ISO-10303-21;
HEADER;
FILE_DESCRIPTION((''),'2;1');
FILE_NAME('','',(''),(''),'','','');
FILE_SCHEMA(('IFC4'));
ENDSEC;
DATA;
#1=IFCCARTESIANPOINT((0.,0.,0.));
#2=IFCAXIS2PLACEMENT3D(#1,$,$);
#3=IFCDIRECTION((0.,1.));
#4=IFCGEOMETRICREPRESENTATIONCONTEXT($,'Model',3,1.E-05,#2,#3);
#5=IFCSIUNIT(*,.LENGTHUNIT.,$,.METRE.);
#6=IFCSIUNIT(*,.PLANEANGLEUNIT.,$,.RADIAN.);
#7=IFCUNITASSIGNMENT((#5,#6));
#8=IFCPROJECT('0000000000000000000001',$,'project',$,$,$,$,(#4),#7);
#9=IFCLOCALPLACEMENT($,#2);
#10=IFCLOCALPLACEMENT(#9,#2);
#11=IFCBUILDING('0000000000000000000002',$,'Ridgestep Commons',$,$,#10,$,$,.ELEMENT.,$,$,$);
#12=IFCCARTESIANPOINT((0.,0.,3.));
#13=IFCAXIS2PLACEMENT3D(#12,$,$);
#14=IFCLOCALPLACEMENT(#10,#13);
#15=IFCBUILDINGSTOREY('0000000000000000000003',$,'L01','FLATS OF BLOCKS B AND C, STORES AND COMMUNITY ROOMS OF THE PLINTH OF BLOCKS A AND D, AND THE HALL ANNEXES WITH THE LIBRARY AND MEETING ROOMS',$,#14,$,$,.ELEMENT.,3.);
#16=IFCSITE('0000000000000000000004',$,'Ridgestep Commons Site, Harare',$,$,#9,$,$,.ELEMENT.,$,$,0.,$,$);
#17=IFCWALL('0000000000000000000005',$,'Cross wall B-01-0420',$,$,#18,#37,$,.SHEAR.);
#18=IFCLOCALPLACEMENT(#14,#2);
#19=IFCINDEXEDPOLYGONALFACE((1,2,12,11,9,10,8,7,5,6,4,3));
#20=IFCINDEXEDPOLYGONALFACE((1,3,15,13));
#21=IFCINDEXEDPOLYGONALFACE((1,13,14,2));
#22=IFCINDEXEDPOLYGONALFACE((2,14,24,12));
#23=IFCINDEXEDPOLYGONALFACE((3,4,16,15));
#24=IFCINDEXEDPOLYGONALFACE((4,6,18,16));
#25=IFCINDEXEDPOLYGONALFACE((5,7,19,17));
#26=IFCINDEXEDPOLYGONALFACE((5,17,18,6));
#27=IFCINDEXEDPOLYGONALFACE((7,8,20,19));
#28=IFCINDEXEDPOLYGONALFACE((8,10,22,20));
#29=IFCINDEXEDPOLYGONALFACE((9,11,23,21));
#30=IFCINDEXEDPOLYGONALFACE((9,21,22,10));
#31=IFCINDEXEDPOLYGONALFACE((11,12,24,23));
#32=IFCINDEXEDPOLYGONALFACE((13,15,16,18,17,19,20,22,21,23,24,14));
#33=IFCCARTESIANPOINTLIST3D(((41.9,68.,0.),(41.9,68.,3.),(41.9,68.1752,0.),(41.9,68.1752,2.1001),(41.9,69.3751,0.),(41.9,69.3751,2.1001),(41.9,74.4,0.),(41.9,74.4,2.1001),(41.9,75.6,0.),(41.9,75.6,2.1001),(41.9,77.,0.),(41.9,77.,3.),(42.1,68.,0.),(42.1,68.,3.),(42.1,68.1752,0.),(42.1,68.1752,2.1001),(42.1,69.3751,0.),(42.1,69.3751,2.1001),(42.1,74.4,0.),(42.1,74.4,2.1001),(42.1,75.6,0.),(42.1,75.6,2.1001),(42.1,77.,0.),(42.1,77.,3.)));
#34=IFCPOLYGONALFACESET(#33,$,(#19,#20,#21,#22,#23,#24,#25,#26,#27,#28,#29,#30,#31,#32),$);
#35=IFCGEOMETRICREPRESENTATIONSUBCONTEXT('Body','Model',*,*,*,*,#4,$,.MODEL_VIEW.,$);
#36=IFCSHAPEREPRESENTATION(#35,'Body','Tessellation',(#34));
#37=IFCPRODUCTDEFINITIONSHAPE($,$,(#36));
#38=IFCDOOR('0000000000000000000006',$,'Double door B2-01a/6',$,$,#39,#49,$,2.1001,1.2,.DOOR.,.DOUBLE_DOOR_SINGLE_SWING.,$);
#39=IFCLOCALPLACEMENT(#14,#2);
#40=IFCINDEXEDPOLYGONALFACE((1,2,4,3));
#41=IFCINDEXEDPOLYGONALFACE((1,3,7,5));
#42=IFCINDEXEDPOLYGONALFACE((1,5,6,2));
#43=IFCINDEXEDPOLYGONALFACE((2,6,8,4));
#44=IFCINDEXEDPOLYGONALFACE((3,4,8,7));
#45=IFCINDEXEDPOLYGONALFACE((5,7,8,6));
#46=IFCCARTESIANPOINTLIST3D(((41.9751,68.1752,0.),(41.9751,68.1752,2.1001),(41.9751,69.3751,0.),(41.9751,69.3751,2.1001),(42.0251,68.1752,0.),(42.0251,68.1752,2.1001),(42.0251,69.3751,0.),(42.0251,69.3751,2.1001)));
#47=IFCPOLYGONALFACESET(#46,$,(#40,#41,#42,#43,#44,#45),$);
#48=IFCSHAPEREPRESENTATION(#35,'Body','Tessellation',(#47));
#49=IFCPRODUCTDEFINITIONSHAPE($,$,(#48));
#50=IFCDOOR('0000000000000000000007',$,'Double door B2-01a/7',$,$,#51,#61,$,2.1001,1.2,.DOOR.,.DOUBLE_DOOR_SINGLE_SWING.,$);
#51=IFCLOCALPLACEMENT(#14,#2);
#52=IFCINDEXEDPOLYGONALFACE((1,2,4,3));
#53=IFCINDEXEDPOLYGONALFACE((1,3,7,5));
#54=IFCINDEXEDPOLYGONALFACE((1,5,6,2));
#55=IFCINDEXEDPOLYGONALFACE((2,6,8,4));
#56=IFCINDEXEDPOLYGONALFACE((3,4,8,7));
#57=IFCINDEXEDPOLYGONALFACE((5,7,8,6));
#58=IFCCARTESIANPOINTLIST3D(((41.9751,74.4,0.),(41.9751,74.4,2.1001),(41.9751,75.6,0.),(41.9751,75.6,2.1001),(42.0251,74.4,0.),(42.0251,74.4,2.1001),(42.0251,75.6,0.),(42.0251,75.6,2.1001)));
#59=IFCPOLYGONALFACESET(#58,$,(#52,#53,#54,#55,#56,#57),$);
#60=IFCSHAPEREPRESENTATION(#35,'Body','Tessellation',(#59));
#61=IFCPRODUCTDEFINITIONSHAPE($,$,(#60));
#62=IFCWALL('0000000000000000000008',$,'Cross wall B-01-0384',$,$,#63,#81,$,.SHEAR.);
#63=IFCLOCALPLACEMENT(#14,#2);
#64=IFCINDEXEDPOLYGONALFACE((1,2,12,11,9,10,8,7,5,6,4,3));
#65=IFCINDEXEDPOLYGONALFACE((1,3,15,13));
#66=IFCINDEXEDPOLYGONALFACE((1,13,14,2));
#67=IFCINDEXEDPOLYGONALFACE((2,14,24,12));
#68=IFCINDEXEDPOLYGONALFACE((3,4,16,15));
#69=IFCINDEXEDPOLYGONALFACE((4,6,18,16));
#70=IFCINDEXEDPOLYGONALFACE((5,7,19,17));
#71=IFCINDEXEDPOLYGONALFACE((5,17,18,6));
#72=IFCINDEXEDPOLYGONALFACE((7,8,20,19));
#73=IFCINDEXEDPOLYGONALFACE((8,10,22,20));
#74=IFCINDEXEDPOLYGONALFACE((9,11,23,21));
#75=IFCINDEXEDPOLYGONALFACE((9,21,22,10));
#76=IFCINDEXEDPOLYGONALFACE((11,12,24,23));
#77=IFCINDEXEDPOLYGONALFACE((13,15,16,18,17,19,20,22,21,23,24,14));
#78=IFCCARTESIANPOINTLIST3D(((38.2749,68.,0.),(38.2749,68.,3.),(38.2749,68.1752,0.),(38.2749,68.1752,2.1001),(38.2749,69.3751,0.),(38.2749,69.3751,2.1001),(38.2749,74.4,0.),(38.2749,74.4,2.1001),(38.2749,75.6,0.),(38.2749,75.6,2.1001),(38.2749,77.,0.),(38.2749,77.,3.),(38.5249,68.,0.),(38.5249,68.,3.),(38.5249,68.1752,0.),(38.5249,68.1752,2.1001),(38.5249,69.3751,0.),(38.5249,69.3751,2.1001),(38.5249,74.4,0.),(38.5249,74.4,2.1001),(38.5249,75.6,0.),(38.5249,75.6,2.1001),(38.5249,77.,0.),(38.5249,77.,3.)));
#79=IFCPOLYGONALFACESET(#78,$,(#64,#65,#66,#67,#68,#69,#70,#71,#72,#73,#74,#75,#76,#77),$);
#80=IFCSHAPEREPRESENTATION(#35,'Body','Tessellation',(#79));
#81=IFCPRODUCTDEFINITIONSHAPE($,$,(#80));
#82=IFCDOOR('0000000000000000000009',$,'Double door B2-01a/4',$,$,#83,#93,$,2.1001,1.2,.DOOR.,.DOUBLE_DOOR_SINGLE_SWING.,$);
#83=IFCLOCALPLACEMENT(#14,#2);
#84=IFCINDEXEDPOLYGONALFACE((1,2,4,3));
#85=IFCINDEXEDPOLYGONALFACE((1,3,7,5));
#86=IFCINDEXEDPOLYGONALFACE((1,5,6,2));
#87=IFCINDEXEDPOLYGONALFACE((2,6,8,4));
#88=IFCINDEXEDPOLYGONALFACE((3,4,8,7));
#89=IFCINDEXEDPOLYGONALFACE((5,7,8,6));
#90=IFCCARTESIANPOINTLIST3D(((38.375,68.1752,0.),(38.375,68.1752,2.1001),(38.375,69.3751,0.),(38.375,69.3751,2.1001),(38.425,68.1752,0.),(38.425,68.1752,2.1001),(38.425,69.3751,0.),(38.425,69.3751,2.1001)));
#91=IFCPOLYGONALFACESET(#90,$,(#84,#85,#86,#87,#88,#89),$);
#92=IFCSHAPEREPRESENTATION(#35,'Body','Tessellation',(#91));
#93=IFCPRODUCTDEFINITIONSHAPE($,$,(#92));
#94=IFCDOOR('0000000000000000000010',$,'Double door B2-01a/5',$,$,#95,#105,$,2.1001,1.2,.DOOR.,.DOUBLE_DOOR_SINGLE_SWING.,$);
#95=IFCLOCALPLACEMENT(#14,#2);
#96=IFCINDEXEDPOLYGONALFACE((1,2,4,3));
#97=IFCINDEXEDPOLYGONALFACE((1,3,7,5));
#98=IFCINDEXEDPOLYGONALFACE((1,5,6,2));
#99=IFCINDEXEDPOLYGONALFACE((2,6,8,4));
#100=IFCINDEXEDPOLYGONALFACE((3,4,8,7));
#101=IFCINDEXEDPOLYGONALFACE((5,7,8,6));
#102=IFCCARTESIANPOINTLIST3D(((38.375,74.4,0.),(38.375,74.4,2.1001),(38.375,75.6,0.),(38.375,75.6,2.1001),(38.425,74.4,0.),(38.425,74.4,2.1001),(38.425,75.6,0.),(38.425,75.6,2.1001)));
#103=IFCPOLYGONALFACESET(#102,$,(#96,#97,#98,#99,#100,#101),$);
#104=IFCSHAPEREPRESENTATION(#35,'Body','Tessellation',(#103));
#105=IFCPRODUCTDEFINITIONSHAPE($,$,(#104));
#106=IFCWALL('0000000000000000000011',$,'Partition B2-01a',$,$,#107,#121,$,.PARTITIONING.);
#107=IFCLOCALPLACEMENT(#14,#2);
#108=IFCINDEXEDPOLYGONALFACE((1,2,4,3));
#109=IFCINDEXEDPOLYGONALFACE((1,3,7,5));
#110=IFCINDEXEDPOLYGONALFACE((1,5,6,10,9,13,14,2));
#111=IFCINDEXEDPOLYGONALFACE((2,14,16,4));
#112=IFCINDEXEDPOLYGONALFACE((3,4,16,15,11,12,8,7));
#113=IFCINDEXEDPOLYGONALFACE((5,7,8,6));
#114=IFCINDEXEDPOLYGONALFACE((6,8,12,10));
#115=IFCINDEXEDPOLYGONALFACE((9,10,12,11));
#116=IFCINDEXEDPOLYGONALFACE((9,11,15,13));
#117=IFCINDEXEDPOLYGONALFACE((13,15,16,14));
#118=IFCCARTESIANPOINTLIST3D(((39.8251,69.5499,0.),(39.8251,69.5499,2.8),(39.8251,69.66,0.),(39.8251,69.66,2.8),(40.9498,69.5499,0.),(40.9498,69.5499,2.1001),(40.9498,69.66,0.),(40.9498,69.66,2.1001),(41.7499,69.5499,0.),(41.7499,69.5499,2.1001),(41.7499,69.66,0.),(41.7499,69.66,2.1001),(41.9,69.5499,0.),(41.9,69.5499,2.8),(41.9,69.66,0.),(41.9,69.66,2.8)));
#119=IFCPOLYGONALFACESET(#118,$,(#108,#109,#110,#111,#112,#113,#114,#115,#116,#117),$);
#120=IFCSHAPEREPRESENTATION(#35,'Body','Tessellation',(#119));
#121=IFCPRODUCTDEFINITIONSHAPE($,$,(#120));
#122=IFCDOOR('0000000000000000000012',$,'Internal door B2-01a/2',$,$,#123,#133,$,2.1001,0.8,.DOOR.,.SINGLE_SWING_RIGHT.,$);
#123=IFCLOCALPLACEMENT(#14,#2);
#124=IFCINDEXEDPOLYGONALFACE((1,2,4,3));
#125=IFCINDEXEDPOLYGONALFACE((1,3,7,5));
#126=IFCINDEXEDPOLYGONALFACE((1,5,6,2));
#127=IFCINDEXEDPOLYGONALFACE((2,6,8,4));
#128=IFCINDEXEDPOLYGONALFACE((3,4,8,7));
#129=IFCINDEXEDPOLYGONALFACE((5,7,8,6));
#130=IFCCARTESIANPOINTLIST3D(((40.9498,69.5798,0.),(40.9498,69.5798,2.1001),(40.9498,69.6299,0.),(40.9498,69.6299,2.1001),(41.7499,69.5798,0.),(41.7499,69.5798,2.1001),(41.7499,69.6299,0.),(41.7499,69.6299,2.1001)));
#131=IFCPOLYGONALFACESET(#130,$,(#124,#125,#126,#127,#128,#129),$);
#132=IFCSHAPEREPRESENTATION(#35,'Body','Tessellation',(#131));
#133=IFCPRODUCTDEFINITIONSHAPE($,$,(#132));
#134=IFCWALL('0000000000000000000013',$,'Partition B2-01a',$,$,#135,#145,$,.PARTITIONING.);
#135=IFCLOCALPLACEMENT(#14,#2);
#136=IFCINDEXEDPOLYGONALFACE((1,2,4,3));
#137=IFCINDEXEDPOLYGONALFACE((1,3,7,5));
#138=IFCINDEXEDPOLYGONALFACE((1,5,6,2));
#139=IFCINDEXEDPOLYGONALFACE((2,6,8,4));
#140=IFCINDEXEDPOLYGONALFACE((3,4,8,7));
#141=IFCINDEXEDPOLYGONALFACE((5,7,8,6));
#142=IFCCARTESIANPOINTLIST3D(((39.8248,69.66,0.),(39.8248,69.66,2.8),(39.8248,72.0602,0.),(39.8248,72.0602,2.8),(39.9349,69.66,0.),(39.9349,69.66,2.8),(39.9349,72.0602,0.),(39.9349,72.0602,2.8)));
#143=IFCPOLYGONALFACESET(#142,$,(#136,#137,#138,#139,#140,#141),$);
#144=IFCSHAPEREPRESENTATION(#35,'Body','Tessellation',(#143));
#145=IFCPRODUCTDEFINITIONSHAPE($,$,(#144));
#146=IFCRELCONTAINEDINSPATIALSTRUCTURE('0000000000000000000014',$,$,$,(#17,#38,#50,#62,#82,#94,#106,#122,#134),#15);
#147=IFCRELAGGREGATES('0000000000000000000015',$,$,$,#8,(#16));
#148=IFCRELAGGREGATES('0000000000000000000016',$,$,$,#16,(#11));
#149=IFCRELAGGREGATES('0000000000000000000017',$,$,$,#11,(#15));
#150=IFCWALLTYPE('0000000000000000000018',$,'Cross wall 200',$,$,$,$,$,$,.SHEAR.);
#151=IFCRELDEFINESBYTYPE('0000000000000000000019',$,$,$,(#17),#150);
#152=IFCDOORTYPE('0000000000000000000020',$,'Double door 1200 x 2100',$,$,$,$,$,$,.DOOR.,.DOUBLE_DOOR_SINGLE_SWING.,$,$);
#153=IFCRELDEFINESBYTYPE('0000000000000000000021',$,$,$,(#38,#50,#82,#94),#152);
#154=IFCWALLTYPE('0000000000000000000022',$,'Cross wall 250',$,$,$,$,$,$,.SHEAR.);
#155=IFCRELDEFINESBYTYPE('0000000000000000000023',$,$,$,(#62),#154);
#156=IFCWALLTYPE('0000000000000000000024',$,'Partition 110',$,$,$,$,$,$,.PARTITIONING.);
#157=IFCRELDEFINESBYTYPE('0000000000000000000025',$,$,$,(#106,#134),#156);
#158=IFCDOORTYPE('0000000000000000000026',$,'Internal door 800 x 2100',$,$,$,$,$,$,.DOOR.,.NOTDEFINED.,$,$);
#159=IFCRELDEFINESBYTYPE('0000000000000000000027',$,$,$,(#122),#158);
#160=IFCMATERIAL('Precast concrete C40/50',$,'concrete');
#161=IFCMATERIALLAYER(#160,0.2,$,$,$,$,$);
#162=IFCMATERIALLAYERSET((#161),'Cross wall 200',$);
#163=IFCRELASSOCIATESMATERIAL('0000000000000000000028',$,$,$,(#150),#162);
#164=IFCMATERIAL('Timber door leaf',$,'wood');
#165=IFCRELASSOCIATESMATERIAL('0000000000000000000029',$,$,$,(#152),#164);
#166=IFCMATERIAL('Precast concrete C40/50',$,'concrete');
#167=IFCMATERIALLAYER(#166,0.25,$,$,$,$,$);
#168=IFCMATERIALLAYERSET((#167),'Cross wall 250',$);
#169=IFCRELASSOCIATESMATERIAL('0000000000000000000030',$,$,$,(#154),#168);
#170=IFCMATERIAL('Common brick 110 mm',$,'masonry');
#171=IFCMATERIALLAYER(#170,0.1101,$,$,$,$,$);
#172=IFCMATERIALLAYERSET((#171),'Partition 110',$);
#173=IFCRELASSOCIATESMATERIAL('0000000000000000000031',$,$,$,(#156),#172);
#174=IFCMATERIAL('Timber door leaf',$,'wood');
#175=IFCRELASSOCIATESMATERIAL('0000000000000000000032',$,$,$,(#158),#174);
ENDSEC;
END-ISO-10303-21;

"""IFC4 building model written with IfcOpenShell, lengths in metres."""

from ifc_helpers import new_model, si_unit, direction, frame, frame_2d, origin, place, context, subcontext, project, spatial, rectangle, extrude, material, layer, layer_set, type_object, element, fill, save


model = new_model("IFC4")

# Units and contexts
model_context = context("Model", 3, precision=1e-05, world=origin(), true_north=direction((0.0, 1.0)))
body_context = subcontext(model_context, "Body", "Model", "MODEL_VIEW")
ifc_project = project(units=[si_unit("LENGTHUNIT", "METRE"), si_unit("PLANEANGLEUNIT", "RADIAN")], contexts=[model_context])

# Site, building, storey
site_placement = place(None, origin())
site = spatial("IfcSite", under=ifc_project, at=site_placement, Name="Ridgestep Commons Site, Harare", CompositionType="ELEMENT", RefElevation=0.0)
building_placement = place(site_placement, origin())
building = spatial("IfcBuilding", under=site, at=building_placement, Name="Ridgestep Commons", CompositionType="ELEMENT")
storey_placement = place(building_placement, frame((0.0, 0.0, 3.0)))
storey = spatial("IfcBuildingStorey", under=building, at=storey_placement, Name="L01", Description="FLATS OF BLOCKS B AND C, STORES AND COMMUNITY ROOMS OF THE PLINTH OF BLOCKS A AND D, AND THE HALL ANNEXES WITH THE LIBRARY AND MEETING ROOMS", CompositionType="ELEMENT", Elevation=3.0)

# Walls, openings, doors
ifc_material_1 = material(Name="Precast concrete C40/50", Category="concrete")
ifc_layer_1 = layer(ifc_material_1, 0.2)
ifc_layer_set_1 = layer_set([ifc_layer_1], Name="Cross wall 200")
wall_type_1 = type_object("IfcWallType", Name="Cross wall 200", PredefinedType="SHEAR", material=ifc_layer_set_1)
wall_1_placement = place(storey_placement, frame((42.0, 68.0, 0.0), z_axis=(0.0, 0.0, 1.0), x_axis=(0.0, 1.0, 0.0)))
wall_1 = element("IfcWall", 1, at=wall_1_placement, inside=storey, type_object=wall_type_1, Name="Cross wall B-01-0420", PredefinedType="SHEAR", context=body_context, shape_type="SweptSolid", body=[
    extrude(rectangle(XDim=9.0, YDim=0.2, at=frame_2d((4.5, 0.0))), origin(), (0.0, 0.0, 1.0), 3.0),
])
opening_1_placement = place(wall_1_placement, frame((0.175, 0.0, 0.0)))
opening_1 = element("IfcOpeningElement", 2, at=opening_1_placement, cuts=wall_1, PredefinedType="OPENING", context=body_context, shape_type="SweptSolid", body=[
    extrude(rectangle(XDim=1.2, YDim=2.1001, at=frame_2d((0.6001, 1.05))), frame((0.0, 0.1099, 0.0), z_axis=(0.0, -1.0, 0.0), x_axis=(1.0, 0.0, 0.0)), (0.0, 0.0, 1.0), 0.22),
])
opening_2_placement = place(wall_1_placement, frame((6.3999, 0.0, 0.0)))
opening_2 = element("IfcOpeningElement", 3, at=opening_2_placement, cuts=wall_1, PredefinedType="OPENING", context=body_context, shape_type="SweptSolid", body=[
    extrude(rectangle(XDim=1.2, YDim=2.1001, at=frame_2d((0.6001, 1.05))), frame((0.0, 0.1099, 0.0), z_axis=(0.0, -1.0, 0.0), x_axis=(1.0, 0.0, 0.0)), (0.0, 0.0, 1.0), 0.22),
])
ifc_material_2 = material(Name="Timber door leaf", Category="wood")
door_type_1 = type_object("IfcDoorType", Name="Double door 1200 x 2100", OperationType="DOUBLE_DOOR_SINGLE_SWING", PredefinedType="DOOR", material=ifc_material_2)
door_1_placement = place(opening_1_placement, origin())
door_1 = element("IfcDoor", 4, at=door_1_placement, inside=storey, type_object=door_type_1, Name="Double door B2-01a/6", OperationType="DOUBLE_DOOR_SINGLE_SWING", OverallHeight=2.1001, OverallWidth=1.2, PredefinedType="DOOR", context=body_context, shape_type="SweptSolid", body=[
    extrude(rectangle(XDim=1.2, YDim=2.1001, at=frame_2d((0.6001, 1.05))), frame((0.0, 0.0249, 0.0), z_axis=(0.0, -1.0, 0.0), x_axis=(1.0, 0.0, 0.0)), (0.0, 0.0, 1.0), 0.05),
])
fill(opening_1, door_1)
door_2_placement = place(opening_2_placement, origin())
door_2 = element("IfcDoor", 5, at=door_2_placement, inside=storey, type_object=door_type_1, Name="Double door B2-01a/7", OperationType="DOUBLE_DOOR_SINGLE_SWING", OverallHeight=2.1001, OverallWidth=1.2, PredefinedType="DOOR", context=body_context, shape_type="SweptSolid", body=[
    extrude(rectangle(XDim=1.2, YDim=2.1001, at=frame_2d((0.6001, 1.05))), frame((0.0, 0.0249, 0.0), z_axis=(0.0, -1.0, 0.0), x_axis=(1.0, 0.0, 0.0)), (0.0, 0.0, 1.0), 0.05),
])
fill(opening_2, door_2)
ifc_material_3 = material(Name="Precast concrete C40/50", Category="concrete")
ifc_layer_2 = layer(ifc_material_3, 0.25)
ifc_layer_set_2 = layer_set([ifc_layer_2], Name="Cross wall 250")
wall_type_2 = type_object("IfcWallType", Name="Cross wall 250", PredefinedType="SHEAR", material=ifc_layer_set_2)
wall_2_placement = place(storey_placement, frame((38.3999, 68.0, 0.0), z_axis=(0.0, 0.0, 1.0), x_axis=(0.0, 1.0, 0.0)))
wall_2 = element("IfcWall", 6, at=wall_2_placement, inside=storey, type_object=wall_type_2, Name="Cross wall B-01-0384", PredefinedType="SHEAR", context=body_context, shape_type="SweptSolid", body=[
    extrude(rectangle(XDim=9.0, YDim=0.25, at=frame_2d((4.5, 0.0))), origin(), (0.0, 0.0, 1.0), 3.0),
])
opening_3_placement = place(wall_2_placement, frame((0.175, 0.0, 0.0)))
opening_3 = element("IfcOpeningElement", 7, at=opening_3_placement, cuts=wall_2, PredefinedType="OPENING", context=body_context, shape_type="SweptSolid", body=[
    extrude(rectangle(XDim=1.2, YDim=2.1001, at=frame_2d((0.6001, 1.05))), frame((0.0, 0.135, 0.0), z_axis=(0.0, -1.0, 0.0), x_axis=(1.0, 0.0, 0.0)), (0.0, 0.0, 1.0), 0.27),
])
opening_4_placement = place(wall_2_placement, frame((6.3999, 0.0, 0.0)))
opening_4 = element("IfcOpeningElement", 8, at=opening_4_placement, cuts=wall_2, PredefinedType="OPENING", context=body_context, shape_type="SweptSolid", body=[
    extrude(rectangle(XDim=1.2, YDim=2.1001, at=frame_2d((0.6001, 1.05))), frame((0.0, 0.135, 0.0), z_axis=(0.0, -1.0, 0.0), x_axis=(1.0, 0.0, 0.0)), (0.0, 0.0, 1.0), 0.27),
])
door_3_placement = place(opening_3_placement, origin())
door_3 = element("IfcDoor", 9, at=door_3_placement, inside=storey, type_object=door_type_1, Name="Double door B2-01a/4", OperationType="DOUBLE_DOOR_SINGLE_SWING", OverallHeight=2.1001, OverallWidth=1.2, PredefinedType="DOOR", context=body_context, shape_type="SweptSolid", body=[
    extrude(rectangle(XDim=1.2, YDim=2.1001, at=frame_2d((0.6001, 1.05))), frame((0.0, 0.0249, 0.0), z_axis=(0.0, -1.0, 0.0), x_axis=(1.0, 0.0, 0.0)), (0.0, 0.0, 1.0), 0.05),
])
fill(opening_3, door_3)
door_4_placement = place(opening_4_placement, origin())
door_4 = element("IfcDoor", 10, at=door_4_placement, inside=storey, type_object=door_type_1, Name="Double door B2-01a/5", OperationType="DOUBLE_DOOR_SINGLE_SWING", OverallHeight=2.1001, OverallWidth=1.2, PredefinedType="DOOR", context=body_context, shape_type="SweptSolid", body=[
    extrude(rectangle(XDim=1.2, YDim=2.1001, at=frame_2d((0.6001, 1.05))), frame((0.0, 0.0249, 0.0), z_axis=(0.0, -1.0, 0.0), x_axis=(1.0, 0.0, 0.0)), (0.0, 0.0, 1.0), 0.05),
])
fill(opening_4, door_4)

# Wall, opening, door
ifc_material_4 = material(Name="Common brick 110 mm", Category="masonry")
ifc_layer_3 = layer(ifc_material_4, 0.1101)
ifc_layer_set_3 = layer_set([ifc_layer_3], Name="Partition 110")
wall_type_3 = type_object("IfcWallType", Name="Partition 110", PredefinedType="PARTITIONING", material=ifc_layer_set_3)
wall_3_placement = place(storey_placement, frame((39.825, 69.605, 0.0), z_axis=(0.0, 0.0, 1.0), x_axis=(1.0, 0.0, 0.0)))
wall_3 = element("IfcWall", 11, at=wall_3_placement, inside=storey, type_object=wall_type_3, Name="Partition B2-01a", PredefinedType="PARTITIONING", context=body_context, shape_type="SweptSolid", body=[
    extrude(rectangle(XDim=2.075, YDim=0.1101, at=frame_2d((1.0376, 0.0))), origin(), (0.0, 0.0, 1.0), 2.8),
])
opening_5_placement = place(wall_3_placement, frame((1.125, 0.0, 0.0)))
opening_5 = element("IfcOpeningElement", 12, at=opening_5_placement, cuts=wall_3, PredefinedType="OPENING", context=body_context, shape_type="SweptSolid", body=[
    extrude(rectangle(XDim=0.8, YDim=2.1001, at=frame_2d((0.3999, 1.05))), frame((0.0, 0.0649, 0.0), z_axis=(0.0, -1.0, 0.0), x_axis=(1.0, 0.0, 0.0)), (0.0, 0.0, 1.0), 0.1301),
])
ifc_material_5 = material(Name="Timber door leaf", Category="wood")
door_type_2 = type_object("IfcDoorType", Name="Internal door 800 x 2100", OperationType="NOTDEFINED", PredefinedType="DOOR", material=ifc_material_5)
door_5_placement = place(opening_5_placement, origin())
door_5 = element("IfcDoor", 13, at=door_5_placement, inside=storey, type_object=door_type_2, Name="Internal door B2-01a/2", OperationType="SINGLE_SWING_RIGHT", OverallHeight=2.1001, OverallWidth=0.8, PredefinedType="DOOR", context=body_context, shape_type="SweptSolid", body=[
    extrude(rectangle(XDim=0.8, YDim=2.1001, at=frame_2d((0.3999, 1.05))), frame((0.0, 0.0249, 0.0), z_axis=(0.0, -1.0, 0.0), x_axis=(1.0, 0.0, 0.0)), (0.0, 0.0, 1.0), 0.05),
])
fill(opening_5, door_5)

# Wall
wall_4_placement = place(storey_placement, frame((39.8799, 69.6599, 0.0), z_axis=(0.0, 0.0, 1.0), x_axis=(0.0, 1.0, 0.0)))
element("IfcWall", 14, at=wall_4_placement, inside=storey, type_object=wall_type_3, Name="Partition B2-01a", PredefinedType="PARTITIONING", context=body_context, shape_type="SweptSolid", body=[
    extrude(rectangle(XDim=2.4001, YDim=0.1101, at=frame_2d((1.2002, 0.0))), origin(), (0.0, 0.0, 1.0), 2.8),
])

save(model, "model.ifc")
